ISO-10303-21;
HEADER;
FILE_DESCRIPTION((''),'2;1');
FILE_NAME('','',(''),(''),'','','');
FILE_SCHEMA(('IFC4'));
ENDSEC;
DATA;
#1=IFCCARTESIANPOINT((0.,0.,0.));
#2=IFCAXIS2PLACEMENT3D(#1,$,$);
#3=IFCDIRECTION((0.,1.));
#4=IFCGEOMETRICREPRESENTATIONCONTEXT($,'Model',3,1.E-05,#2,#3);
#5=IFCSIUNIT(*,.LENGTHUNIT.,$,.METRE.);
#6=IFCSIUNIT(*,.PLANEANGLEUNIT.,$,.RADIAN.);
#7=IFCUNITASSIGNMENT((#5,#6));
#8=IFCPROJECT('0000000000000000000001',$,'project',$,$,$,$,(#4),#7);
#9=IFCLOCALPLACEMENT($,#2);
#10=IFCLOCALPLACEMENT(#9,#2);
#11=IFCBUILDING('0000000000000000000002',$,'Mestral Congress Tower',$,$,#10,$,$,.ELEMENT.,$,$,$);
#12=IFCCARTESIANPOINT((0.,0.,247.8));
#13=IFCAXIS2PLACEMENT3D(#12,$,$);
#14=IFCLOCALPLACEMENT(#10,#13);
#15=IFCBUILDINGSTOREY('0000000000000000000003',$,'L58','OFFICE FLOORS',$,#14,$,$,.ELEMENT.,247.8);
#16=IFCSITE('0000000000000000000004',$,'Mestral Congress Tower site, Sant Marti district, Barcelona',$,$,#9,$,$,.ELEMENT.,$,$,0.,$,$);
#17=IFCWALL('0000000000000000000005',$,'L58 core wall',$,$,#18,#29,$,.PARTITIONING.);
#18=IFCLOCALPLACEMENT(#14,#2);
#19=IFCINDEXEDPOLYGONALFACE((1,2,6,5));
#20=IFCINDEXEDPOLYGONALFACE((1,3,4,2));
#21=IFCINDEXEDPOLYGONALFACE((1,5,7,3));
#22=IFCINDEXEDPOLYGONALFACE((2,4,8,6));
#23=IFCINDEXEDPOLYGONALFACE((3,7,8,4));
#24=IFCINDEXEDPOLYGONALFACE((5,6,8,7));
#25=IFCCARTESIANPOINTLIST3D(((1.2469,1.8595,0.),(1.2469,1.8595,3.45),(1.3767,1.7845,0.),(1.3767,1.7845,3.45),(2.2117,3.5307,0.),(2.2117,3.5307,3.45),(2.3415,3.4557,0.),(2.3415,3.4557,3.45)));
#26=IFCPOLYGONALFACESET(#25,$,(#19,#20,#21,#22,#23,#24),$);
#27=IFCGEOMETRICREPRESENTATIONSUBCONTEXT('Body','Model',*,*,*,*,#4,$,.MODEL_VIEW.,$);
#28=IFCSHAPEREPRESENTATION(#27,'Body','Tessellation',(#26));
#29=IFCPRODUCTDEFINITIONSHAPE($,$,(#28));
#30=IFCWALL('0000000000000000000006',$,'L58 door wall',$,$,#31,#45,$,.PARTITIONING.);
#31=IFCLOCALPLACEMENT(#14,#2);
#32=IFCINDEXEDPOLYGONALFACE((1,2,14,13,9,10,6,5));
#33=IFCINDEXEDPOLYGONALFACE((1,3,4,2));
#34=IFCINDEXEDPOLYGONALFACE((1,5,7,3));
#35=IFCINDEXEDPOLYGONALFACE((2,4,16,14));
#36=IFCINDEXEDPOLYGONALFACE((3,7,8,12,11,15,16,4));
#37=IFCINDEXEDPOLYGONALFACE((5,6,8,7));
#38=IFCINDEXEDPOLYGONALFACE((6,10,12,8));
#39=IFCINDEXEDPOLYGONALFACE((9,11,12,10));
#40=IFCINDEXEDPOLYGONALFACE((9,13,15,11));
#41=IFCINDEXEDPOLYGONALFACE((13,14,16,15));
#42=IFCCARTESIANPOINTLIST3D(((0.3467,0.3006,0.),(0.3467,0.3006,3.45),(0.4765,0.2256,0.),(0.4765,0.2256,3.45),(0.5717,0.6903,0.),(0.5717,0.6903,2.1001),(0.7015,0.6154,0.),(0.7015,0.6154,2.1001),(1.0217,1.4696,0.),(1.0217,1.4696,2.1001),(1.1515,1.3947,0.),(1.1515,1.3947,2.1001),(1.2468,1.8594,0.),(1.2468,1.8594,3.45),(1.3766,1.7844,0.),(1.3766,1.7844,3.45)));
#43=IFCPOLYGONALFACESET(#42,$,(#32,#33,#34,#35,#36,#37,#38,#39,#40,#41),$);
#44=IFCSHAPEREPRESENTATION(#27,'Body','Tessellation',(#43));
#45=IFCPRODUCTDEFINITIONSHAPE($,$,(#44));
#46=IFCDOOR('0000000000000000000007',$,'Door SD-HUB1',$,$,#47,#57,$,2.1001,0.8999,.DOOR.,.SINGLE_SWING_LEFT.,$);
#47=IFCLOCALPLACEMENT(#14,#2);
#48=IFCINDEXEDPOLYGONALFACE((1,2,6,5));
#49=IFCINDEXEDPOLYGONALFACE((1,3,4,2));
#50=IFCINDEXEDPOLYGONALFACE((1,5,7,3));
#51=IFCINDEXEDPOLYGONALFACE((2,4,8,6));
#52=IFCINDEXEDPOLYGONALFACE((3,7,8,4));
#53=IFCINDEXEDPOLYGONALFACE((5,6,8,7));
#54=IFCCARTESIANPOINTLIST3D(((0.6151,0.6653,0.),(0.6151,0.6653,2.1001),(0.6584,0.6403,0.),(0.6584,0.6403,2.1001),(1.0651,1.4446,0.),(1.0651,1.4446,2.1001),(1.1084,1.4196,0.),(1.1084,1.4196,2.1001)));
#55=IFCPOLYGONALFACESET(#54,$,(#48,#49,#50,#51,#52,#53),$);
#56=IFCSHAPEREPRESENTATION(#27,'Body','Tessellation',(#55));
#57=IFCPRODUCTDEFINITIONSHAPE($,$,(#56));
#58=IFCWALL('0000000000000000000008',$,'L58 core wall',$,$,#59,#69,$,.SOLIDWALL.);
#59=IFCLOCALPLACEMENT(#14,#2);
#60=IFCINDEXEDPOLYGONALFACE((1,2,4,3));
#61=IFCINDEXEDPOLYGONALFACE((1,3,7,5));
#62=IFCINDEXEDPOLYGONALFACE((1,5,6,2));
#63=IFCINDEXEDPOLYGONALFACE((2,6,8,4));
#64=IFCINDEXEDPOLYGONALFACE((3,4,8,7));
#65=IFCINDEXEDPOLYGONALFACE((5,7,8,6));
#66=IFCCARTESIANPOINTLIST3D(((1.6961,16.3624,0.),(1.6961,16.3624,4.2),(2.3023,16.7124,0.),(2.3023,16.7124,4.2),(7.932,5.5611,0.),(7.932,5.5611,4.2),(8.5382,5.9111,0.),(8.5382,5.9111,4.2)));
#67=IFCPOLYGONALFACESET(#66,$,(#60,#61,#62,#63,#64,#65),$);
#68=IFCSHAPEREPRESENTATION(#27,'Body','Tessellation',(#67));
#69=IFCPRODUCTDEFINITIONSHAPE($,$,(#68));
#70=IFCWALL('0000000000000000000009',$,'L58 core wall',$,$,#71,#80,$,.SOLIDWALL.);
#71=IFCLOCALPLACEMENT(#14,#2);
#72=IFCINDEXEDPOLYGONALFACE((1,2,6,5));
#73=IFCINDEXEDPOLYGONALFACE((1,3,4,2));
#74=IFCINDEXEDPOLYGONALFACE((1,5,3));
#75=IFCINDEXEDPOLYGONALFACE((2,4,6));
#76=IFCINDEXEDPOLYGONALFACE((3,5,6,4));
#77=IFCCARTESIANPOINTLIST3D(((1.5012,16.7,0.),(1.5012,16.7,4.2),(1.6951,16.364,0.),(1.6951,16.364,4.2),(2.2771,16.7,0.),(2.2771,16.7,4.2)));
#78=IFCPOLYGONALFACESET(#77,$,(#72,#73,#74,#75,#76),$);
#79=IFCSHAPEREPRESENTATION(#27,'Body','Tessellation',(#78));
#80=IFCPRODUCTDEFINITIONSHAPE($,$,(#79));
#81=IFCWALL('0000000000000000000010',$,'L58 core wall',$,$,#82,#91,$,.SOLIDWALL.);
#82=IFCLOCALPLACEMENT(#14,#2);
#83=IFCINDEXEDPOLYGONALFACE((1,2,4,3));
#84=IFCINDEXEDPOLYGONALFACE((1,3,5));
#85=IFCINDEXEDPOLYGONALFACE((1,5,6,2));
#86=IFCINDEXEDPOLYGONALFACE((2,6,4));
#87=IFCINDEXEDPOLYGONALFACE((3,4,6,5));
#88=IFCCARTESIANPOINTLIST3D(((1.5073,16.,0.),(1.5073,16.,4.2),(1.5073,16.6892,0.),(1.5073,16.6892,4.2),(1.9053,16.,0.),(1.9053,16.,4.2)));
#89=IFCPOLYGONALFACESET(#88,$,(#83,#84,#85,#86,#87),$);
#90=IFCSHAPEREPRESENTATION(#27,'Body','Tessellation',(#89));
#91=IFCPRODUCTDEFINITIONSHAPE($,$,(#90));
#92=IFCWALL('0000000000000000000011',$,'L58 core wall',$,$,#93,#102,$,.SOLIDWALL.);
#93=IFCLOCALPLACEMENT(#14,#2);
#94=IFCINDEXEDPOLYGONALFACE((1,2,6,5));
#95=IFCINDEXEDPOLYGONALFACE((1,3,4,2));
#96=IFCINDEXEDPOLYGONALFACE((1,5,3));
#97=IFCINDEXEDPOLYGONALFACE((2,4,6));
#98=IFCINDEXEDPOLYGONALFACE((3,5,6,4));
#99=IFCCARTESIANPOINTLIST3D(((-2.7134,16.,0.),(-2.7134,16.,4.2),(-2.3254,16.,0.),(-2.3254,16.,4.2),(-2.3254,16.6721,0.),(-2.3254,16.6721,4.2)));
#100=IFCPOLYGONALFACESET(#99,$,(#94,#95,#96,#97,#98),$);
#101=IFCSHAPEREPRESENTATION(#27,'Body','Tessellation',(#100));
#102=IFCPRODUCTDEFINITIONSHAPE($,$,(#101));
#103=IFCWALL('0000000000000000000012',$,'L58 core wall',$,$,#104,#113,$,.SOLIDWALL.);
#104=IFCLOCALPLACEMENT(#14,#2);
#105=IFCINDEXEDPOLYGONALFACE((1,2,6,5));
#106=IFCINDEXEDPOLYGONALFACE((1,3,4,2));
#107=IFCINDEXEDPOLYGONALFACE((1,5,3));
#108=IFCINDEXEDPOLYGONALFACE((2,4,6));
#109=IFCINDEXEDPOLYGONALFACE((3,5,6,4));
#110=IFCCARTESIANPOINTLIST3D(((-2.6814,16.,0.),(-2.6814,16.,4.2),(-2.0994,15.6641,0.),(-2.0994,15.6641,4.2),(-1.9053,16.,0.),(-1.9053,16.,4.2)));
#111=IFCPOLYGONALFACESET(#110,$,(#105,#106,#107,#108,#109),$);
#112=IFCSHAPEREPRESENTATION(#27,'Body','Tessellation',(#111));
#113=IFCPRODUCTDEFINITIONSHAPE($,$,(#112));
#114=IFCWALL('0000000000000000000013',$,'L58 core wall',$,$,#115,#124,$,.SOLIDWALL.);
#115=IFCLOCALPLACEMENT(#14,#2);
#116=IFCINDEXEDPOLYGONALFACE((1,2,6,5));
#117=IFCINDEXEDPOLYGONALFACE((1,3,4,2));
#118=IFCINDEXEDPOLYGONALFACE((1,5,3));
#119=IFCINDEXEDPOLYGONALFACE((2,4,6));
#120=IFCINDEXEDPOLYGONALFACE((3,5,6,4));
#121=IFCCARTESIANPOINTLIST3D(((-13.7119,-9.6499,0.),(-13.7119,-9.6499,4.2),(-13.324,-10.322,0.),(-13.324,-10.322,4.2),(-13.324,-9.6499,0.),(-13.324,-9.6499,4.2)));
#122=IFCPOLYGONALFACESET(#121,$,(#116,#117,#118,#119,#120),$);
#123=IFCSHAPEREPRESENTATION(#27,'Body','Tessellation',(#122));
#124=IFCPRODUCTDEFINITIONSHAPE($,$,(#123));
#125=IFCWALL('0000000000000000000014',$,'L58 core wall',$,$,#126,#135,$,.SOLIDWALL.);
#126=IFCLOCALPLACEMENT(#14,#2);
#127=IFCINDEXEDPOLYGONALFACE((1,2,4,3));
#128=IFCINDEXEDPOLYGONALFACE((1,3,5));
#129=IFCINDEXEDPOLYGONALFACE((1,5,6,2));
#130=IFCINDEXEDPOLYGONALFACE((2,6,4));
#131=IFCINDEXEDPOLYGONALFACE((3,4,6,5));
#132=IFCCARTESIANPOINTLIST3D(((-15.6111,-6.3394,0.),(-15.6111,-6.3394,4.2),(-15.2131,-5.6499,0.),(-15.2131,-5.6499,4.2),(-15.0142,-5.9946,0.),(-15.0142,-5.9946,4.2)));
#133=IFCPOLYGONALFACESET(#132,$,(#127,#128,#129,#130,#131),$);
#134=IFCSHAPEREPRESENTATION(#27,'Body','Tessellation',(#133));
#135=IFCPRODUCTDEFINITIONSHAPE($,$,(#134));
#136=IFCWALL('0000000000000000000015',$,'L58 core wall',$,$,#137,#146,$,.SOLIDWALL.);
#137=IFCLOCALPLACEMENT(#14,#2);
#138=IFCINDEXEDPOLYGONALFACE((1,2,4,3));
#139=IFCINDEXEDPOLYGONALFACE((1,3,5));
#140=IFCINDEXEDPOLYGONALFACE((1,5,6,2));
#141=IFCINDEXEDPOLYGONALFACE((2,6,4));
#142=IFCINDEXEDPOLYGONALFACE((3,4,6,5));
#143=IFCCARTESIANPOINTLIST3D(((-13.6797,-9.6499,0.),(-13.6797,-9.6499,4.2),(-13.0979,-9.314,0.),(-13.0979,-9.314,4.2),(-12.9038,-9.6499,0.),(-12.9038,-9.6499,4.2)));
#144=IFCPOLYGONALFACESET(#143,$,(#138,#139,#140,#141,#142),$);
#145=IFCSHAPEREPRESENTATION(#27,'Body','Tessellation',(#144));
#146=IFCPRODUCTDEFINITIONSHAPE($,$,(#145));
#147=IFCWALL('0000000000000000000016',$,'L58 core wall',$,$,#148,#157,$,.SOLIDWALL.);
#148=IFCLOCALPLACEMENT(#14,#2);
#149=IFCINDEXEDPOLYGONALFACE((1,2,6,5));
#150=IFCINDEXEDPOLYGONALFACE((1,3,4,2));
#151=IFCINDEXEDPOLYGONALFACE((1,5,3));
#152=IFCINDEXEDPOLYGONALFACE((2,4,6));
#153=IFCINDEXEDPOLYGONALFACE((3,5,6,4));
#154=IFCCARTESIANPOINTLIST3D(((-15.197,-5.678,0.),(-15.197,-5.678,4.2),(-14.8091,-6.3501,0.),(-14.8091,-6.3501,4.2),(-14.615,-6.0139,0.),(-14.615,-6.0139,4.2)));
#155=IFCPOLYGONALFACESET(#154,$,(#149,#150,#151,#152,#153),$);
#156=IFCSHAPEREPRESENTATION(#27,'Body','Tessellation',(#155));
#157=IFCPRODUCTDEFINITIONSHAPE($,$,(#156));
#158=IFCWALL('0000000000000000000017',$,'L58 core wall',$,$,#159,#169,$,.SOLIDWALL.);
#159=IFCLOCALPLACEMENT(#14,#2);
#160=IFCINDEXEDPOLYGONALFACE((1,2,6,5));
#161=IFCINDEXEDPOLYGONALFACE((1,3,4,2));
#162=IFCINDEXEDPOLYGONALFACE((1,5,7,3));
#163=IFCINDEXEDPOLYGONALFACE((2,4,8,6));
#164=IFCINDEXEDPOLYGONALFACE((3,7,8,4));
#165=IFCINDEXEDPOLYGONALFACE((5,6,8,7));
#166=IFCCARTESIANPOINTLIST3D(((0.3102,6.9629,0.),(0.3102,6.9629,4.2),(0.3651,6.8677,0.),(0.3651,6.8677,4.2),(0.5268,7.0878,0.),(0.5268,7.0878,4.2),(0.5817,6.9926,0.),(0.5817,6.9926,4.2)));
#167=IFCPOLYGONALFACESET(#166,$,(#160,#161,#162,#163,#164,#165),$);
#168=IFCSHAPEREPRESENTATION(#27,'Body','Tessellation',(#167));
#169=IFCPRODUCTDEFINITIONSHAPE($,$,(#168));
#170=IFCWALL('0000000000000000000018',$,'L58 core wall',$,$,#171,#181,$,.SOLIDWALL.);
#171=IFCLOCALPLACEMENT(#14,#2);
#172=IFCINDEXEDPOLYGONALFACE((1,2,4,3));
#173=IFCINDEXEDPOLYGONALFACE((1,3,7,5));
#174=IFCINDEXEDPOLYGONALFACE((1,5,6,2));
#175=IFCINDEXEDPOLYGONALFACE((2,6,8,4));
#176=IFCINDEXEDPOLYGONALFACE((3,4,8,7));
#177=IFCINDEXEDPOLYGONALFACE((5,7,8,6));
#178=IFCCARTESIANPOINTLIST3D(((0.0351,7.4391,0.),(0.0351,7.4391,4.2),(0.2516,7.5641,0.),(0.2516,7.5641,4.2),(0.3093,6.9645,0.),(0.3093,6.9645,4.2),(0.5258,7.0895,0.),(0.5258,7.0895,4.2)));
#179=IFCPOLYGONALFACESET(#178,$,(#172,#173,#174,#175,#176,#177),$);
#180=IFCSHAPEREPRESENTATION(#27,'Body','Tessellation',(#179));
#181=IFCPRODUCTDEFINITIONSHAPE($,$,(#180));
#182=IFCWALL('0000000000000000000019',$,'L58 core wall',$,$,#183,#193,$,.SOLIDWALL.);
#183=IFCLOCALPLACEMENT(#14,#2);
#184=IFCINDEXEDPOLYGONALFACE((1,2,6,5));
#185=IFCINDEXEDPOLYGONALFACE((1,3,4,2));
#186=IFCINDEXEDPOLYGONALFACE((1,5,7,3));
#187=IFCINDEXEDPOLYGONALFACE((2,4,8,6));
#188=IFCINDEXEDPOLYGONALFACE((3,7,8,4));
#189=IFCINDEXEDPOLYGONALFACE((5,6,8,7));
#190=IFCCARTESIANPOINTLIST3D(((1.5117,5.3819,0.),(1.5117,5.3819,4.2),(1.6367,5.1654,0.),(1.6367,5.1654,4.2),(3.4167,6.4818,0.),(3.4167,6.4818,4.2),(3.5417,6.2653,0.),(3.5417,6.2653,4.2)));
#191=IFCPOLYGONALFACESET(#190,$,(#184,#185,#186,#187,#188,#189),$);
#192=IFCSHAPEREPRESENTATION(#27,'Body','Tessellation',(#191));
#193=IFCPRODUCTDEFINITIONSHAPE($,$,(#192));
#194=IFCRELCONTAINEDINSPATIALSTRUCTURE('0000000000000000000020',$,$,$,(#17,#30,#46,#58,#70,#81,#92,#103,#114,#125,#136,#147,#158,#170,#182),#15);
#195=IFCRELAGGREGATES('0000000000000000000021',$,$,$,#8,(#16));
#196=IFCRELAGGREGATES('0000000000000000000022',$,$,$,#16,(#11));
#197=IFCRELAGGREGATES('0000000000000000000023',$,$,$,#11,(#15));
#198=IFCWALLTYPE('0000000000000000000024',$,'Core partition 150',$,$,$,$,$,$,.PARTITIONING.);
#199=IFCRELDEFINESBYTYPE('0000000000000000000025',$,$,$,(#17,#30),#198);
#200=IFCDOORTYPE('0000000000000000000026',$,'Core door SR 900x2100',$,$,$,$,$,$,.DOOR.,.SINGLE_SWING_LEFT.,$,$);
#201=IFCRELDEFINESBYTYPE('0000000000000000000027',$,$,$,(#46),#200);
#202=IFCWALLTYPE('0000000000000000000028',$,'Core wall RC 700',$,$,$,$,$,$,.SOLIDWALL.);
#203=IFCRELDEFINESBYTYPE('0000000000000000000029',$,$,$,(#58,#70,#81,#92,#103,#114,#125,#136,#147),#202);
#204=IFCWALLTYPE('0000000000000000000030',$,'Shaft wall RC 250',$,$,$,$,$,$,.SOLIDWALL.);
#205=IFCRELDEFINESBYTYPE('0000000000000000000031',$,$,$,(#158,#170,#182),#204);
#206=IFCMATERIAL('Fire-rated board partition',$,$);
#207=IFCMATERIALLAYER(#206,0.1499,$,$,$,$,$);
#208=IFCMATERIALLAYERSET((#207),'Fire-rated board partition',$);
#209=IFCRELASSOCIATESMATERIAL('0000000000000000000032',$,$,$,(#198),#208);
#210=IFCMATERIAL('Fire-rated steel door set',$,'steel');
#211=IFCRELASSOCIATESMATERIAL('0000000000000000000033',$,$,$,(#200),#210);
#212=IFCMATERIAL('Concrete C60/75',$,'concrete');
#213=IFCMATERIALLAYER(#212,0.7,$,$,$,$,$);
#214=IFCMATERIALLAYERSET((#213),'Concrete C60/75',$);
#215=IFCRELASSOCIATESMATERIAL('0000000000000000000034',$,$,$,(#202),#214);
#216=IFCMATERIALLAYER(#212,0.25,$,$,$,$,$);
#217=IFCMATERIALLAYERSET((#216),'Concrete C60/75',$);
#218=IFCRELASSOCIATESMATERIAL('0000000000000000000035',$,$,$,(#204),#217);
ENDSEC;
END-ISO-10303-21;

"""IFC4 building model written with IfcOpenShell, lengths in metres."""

from ifc_helpers import new_model, si_unit, direction, frame, frame_2d, origin, place, context, subcontext, project, spatial, polyline, rectangle, outline, extrude, material, layer, layer_set, type_object, element, fill, save


model = new_model("IFC4")

# Units and contexts
model_context = context("Model", 3, precision=1e-05, world=origin(), true_north=direction((0.0, 1.0)))
body_context = subcontext(model_context, "Body", "Model", "MODEL_VIEW")
ifc_project = project(units=[si_unit("LENGTHUNIT", "METRE"), si_unit("PLANEANGLEUNIT", "RADIAN")], contexts=[model_context])

# Site, building, storey
site_placement = place(None, origin())
site = spatial("IfcSite", under=ifc_project, at=site_placement, Name="Mestral Congress Tower site, Sant Marti district, Barcelona", CompositionType="ELEMENT", RefElevation=0.0)
building_placement = place(site_placement, origin())
building = spatial("IfcBuilding", under=site, at=building_placement, Name="Mestral Congress Tower", CompositionType="ELEMENT")
storey_placement = place(building_placement, frame((0.0, 0.0, 247.8)))
storey = spatial("IfcBuildingStorey", under=building, at=storey_placement, Name="L58", Description="OFFICE FLOORS", CompositionType="ELEMENT", Elevation=247.8)

# Wall
ifc_material_1 = material(Name="Fire-rated board partition")
ifc_layer_1 = layer(ifc_material_1, 0.1499)
ifc_layer_set_1 = layer_set([ifc_layer_1], Name="Fire-rated board partition")
wall_type_1 = type_object("IfcWallType", Name="Core partition 150", PredefinedType="PARTITIONING", material=ifc_layer_set_1)
wall_1_placement = place(storey_placement, frame((1.3118, 1.822, 0.0), z_axis=(0.0, 0.0, 1.0), x_axis=(0.500004, 0.866023, 0.0)))
element("IfcWall", 1, at=wall_1_placement, inside=storey, type_object=wall_type_1, Name="L58 core wall", PredefinedType="PARTITIONING", context=body_context, shape_type="SweptSolid", body=[
    extrude(rectangle(XDim=1.9297, YDim=0.1499, at=frame_2d((0.9648, 0.0))), origin(), (0.0, 0.0, 1.0), 3.45),
])

# Wall, opening, door
wall_2_placement = place(storey_placement, frame((0.4116, 0.2632, 0.0), z_axis=(0.0, 0.0, 1.0), x_axis=(0.500063, 0.865989, 0.0)))
wall_2 = element("IfcWall", 2, at=wall_2_placement, inside=storey, type_object=wall_type_1, Name="L58 door wall", PredefinedType="PARTITIONING", context=body_context, shape_type="SweptSolid", body=[
    extrude(rectangle(XDim=1.8, YDim=0.1499, at=frame_2d((0.8999, 0.0))), origin(), (0.0, 0.0, 1.0), 3.45),
])
opening_placement = place(wall_2_placement, frame((0.45, 0.0, 0.0)))
opening = element("IfcOpeningElement", 3, at=opening_placement, cuts=wall_2, PredefinedType="OPENING", context=body_context, shape_type="SweptSolid", body=[
    extrude(rectangle(XDim=0.8999, YDim=2.1001, at=frame_2d((0.45, 1.05))), frame((0.0, 0.085, 0.0), z_axis=(0.0, -1.0, 0.0), x_axis=(1.0, 0.0, 0.0)), (0.0, 0.0, 1.0), 0.1699),
])
ifc_material_2 = material(Name="Fire-rated steel door set", Category="steel")
door_type = type_object("IfcDoorType", Name="Core door SR 900x2100", OperationType="SINGLE_SWING_LEFT", PredefinedType="DOOR", material=ifc_material_2)
door_placement = place(opening_placement, origin())
door = element("IfcDoor", 4, at=door_placement, inside=storey, type_object=door_type, Name="Door SD-HUB1", OperationType="SINGLE_SWING_LEFT", OverallHeight=2.1001, OverallWidth=0.8999, PredefinedType="DOOR", context=body_context, shape_type="SweptSolid", body=[
    extrude(rectangle(XDim=0.8999, YDim=2.1001, at=frame_2d((0.45, 1.05))), frame((0.0, 0.0249, 0.0), z_axis=(0.0, -1.0, 0.0), x_axis=(1.0, 0.0, 0.0)), (0.0, 0.0, 1.0), 0.05),
])
fill(opening, door)

# Walls
ifc_material_3 = material(Name="Concrete C60/75", Category="concrete")
ifc_layer_2 = layer(ifc_material_3, 0.7)
ifc_layer_set_2 = layer_set([ifc_layer_2], Name="Concrete C60/75")
wall_type_2 = type_object("IfcWallType", Name="Core wall RC 700", PredefinedType="SOLIDWALL", material=ifc_layer_set_2)
wall_3_placement = place(storey_placement, frame((8.2351, 5.7361, 0.0), z_axis=(0.0, 0.0, 1.0), x_axis=(-0.499983, 0.866035, 0.0)))
element("IfcWall", 5, at=wall_3_placement, inside=storey, type_object=wall_type_2, Name="L58 core wall", PredefinedType="SOLIDWALL", context=body_context, shape_type="SweptSolid", body=[
    extrude(rectangle(XDim=12.4722, YDim=0.7, at=frame_2d((6.2361, 0.0))), origin(), (0.0, 0.0, 1.0), 4.2),
])
placement = place(storey_placement, origin())
element("IfcWall", 6, at=placement, inside=storey, type_object=wall_type_2, Name="L58 core wall", PredefinedType="SOLIDWALL", context=body_context, shape_type="SweptSolid", body=[
    extrude(outline(polyline([(1.5012, 16.7), (2.2771, 16.7), (1.6951, 16.364), (1.5012, 16.7)])), origin(), (0.0, 0.0, 1.0), 4.2),
])
element("IfcWall", 7, at=placement, inside=storey, type_object=wall_type_2, Name="L58 core wall", PredefinedType="SOLIDWALL", context=body_context, shape_type="SweptSolid", body=[
    extrude(outline(polyline([(1.9053, 16.0), (1.5073, 16.0), (1.5073, 16.6892), (1.9053, 16.0)])), origin(), (0.0, 0.0, 1.0), 4.2),
])
element("IfcWall", 8, at=placement, inside=storey, type_object=wall_type_2, Name="L58 core wall", PredefinedType="SOLIDWALL", context=body_context, shape_type="SweptSolid", body=[
    extrude(outline(polyline([(-2.7134, 16.0), (-2.3254, 16.6721), (-2.3254, 16.0), (-2.7134, 16.0)])), origin(), (0.0, 0.0, 1.0), 4.2),
])
element("IfcWall", 9, at=placement, inside=storey, type_object=wall_type_2, Name="L58 core wall", PredefinedType="SOLIDWALL", context=body_context, shape_type="SweptSolid", body=[
    extrude(outline(polyline([(-1.9053, 16.0), (-2.0994, 15.6641), (-2.6814, 16.0), (-1.9053, 16.0)])), origin(), (0.0, 0.0, 1.0), 4.2),
])
element("IfcWall", 10, at=placement, inside=storey, type_object=wall_type_2, Name="L58 core wall", PredefinedType="SOLIDWALL", context=body_context, shape_type="SweptSolid", body=[
    extrude(outline(polyline([(-13.7119, -9.6499), (-13.324, -9.6499), (-13.324, -10.322), (-13.7119, -9.6499)])), origin(), (0.0, 0.0, 1.0), 4.2),
])
element("IfcWall", 11, at=placement, inside=storey, type_object=wall_type_2, Name="L58 core wall", PredefinedType="SOLIDWALL", context=body_context, shape_type="SweptSolid", body=[
    extrude(outline(polyline([(-15.0142, -5.9946), (-15.6111, -6.3394), (-15.2131, -5.6499), (-15.0142, -5.9946)])), origin(), (0.0, 0.0, 1.0), 4.2),
])
element("IfcWall", 12, at=placement, inside=storey, type_object=wall_type_2, Name="L58 core wall", PredefinedType="SOLIDWALL", context=body_context, shape_type="SweptSolid", body=[
    extrude(outline(polyline([(-12.9038, -9.6499), (-13.6797, -9.6499), (-13.0979, -9.314), (-12.9038, -9.6499)])), origin(), (0.0, 0.0, 1.0), 4.2),
])
element("IfcWall", 13, at=placement, inside=storey, type_object=wall_type_2, Name="L58 core wall", PredefinedType="SOLIDWALL", context=body_context, shape_type="SweptSolid", body=[
    extrude(outline(polyline([(-14.8091, -6.3501), (-15.197, -5.678), (-14.615, -6.0139), (-14.8091, -6.3501)])), origin(), (0.0, 0.0, 1.0), 4.2),
])
ifc_layer_3 = layer(ifc_material_3, 0.25)
ifc_layer_set_3 = layer_set([ifc_layer_3], Name="Concrete C60/75")
wall_type_3 = type_object("IfcWallType", Name="Shaft wall RC 250", PredefinedType="SOLIDWALL", material=ifc_layer_set_3)
wall_4_placement = place(storey_placement, frame((0.4734, 6.9302, 0.0), z_axis=(0.0, 0.0, 1.0), x_axis=(-0.499722, 0.866186, 0.0)))
element("IfcWall", 14, at=wall_4_placement, inside=storey, type_object=wall_type_3, Name="L58 core wall", PredefinedType="SOLIDWALL", context=body_context, shape_type="SweptSolid", body=[
    extrude(rectangle(XDim=0.1099, YDim=0.25, at=frame_2d((0.0549, 0.0))), origin(), (0.0, 0.0, 1.0), 4.2),
])
wall_5_placement = place(storey_placement, frame((0.4175, 7.0271, 0.0), z_axis=(0.0, 0.0, 1.0), x_axis=(-0.500211, 0.865904, 0.0)))
element("IfcWall", 15, at=wall_5_placement, inside=storey, type_object=wall_type_3, Name="L58 core wall", PredefinedType="SOLIDWALL", context=body_context, shape_type="SweptSolid", body=[
    extrude(rectangle(XDim=0.5481, YDim=0.25, at=frame_2d((0.2739, 0.0))), origin(), (0.0, 0.0, 1.0), 4.2),
])
wall_6_placement = place(storey_placement, frame((1.5742, 5.2737, 0.0), z_axis=(0.0, 0.0, 1.0), x_axis=(0.866028, 0.499995, 0.0)))
element("IfcWall", 16, at=wall_6_placement, inside=storey, type_object=wall_type_3, Name="L58 core wall", PredefinedType="SOLIDWALL", context=body_context, shape_type="SweptSolid", body=[
    extrude(rectangle(XDim=2.1997, YDim=0.25, at=frame_2d((1.0999, 0.0))), origin(), (0.0, 0.0, 1.0), 4.2),
])

save(model, "model.ifc")
